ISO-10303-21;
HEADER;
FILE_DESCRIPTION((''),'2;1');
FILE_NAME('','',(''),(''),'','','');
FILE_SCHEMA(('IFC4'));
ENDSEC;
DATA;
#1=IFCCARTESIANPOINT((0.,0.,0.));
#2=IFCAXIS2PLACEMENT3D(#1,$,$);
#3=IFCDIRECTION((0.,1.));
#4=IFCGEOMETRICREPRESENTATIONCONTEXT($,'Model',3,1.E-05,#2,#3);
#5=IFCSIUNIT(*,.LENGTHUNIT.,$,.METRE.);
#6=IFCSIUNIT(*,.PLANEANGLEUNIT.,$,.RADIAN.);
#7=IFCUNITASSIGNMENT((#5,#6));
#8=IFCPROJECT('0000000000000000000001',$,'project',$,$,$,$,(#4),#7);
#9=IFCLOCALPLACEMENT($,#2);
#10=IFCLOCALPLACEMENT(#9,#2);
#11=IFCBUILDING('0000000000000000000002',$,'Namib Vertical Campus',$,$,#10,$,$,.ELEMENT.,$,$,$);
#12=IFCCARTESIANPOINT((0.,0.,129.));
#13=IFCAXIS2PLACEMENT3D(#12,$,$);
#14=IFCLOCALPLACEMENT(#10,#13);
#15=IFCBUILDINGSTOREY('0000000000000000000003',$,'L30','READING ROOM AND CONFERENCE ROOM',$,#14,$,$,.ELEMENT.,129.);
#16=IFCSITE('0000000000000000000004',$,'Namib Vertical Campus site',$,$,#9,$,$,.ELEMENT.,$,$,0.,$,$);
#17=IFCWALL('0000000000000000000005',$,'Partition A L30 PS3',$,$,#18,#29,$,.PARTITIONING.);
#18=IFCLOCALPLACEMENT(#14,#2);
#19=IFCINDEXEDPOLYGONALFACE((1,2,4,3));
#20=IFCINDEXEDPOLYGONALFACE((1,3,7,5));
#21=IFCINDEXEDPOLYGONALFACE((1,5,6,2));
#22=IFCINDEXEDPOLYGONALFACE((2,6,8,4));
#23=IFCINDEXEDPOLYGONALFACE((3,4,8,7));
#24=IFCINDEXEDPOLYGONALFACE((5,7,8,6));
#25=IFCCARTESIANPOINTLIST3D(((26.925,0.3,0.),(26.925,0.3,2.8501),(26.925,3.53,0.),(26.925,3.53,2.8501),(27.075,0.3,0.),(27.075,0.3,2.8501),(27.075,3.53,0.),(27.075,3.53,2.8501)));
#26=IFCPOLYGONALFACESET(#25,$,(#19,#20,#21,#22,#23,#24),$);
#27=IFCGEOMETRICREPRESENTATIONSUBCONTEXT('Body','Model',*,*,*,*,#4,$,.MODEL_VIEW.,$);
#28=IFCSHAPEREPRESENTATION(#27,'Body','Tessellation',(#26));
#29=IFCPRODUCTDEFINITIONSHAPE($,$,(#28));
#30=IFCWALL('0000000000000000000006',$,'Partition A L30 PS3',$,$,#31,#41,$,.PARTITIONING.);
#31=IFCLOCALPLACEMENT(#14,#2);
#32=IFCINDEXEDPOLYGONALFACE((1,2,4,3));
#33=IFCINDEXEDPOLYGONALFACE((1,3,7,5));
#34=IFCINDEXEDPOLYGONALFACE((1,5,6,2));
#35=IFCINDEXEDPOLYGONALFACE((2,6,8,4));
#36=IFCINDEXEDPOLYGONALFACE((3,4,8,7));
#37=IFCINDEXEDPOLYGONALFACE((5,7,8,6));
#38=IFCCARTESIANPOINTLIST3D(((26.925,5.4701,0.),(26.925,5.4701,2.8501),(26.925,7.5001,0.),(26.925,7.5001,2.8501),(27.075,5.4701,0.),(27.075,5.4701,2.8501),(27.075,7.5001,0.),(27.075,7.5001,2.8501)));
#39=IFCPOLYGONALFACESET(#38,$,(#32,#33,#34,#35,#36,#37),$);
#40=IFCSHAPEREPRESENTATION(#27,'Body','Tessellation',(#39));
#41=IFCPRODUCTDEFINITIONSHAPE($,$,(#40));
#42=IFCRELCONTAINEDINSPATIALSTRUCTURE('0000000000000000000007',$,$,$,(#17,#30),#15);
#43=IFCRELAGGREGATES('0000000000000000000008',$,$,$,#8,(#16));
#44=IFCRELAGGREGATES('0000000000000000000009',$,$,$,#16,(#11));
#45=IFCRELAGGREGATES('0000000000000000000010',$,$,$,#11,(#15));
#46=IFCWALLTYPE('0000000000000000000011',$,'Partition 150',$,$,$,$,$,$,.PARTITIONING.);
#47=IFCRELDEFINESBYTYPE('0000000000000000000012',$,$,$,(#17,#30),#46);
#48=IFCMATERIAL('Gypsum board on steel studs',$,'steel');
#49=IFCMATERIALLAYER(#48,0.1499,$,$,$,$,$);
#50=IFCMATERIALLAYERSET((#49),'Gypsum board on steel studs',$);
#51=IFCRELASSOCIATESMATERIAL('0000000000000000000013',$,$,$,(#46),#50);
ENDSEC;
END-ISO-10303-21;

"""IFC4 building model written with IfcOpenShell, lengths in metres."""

from ifc_helpers import new_model, si_unit, direction, frame, frame_2d, origin, place, context, subcontext, project, spatial, rectangle, extrude, material, layer, layer_set, type_object, element, save


model = new_model("IFC4")

# Units and contexts
model_context = context("Model", 3, precision=1e-05, world=origin(), true_north=direction((0.0, 1.0)))
body_context = subcontext(model_context, "Body", "Model", "MODEL_VIEW")
ifc_project = project(units=[si_unit("LENGTHUNIT", "METRE"), si_unit("PLANEANGLEUNIT", "RADIAN")], contexts=[model_context])

# Site, building, storey
site_placement = place(None, origin())
site = spatial("IfcSite", under=ifc_project, at=site_placement, Name="Namib Vertical Campus site", CompositionType="ELEMENT", RefElevation=0.0)
building_placement = place(site_placement, origin())
building = spatial("IfcBuilding", under=site, at=building_placement, Name="Namib Vertical Campus", CompositionType="ELEMENT")
storey_placement = place(building_placement, frame((0.0, 0.0, 129.0)))
storey = spatial("IfcBuildingStorey", under=building, at=storey_placement, Name="L30", Description="READING ROOM AND CONFERENCE ROOM", CompositionType="ELEMENT", Elevation=129.0)

# Walls
ifc_material_1 = material(Name="Gypsum board on steel studs", Category="steel")
ifc_layer_1 = layer(ifc_material_1, 0.1499)
ifc_layer_set_1 = layer_set([ifc_layer_1], Name="Gypsum board on steel studs")
wall_type_1 = type_object("IfcWallType", Name="Partition 150", PredefinedType="PARTITIONING", material=ifc_layer_set_1)
wall_1_placement = place(storey_placement, frame((27.0, 0.3, 0.0), z_axis=(0.0, 0.0, 1.0), x_axis=(0.0, 1.0, 0.0)))
element("IfcWall", 1, at=wall_1_placement, inside=storey, type_object=wall_type_1, Name="Partition A L30 PS3", PredefinedType="PARTITIONING", context=body_context, shape_type="SweptSolid", body=[
    extrude(rectangle(XDim=3.23, YDim=0.1499, at=frame_2d((1.615, 0.0))), origin(), (0.0, 0.0, 1.0), 2.8501),
])
wall_2_placement = place(storey_placement, frame((27.0, 5.47, 0.0), z_axis=(0.0, 0.0, 1.0), x_axis=(0.0, 1.0, 0.0)))
element("IfcWall", 2, at=wall_2_placement, inside=storey, type_object=wall_type_1, Name="Partition A L30 PS3", PredefinedType="PARTITIONING", context=body_context, shape_type="SweptSolid", body=[
    extrude(rectangle(XDim=2.03, YDim=0.1499, at=frame_2d((1.0151, 0.0))), origin(), (0.0, 0.0, 1.0), 2.8501),
])

save(model, "model.ifc")
